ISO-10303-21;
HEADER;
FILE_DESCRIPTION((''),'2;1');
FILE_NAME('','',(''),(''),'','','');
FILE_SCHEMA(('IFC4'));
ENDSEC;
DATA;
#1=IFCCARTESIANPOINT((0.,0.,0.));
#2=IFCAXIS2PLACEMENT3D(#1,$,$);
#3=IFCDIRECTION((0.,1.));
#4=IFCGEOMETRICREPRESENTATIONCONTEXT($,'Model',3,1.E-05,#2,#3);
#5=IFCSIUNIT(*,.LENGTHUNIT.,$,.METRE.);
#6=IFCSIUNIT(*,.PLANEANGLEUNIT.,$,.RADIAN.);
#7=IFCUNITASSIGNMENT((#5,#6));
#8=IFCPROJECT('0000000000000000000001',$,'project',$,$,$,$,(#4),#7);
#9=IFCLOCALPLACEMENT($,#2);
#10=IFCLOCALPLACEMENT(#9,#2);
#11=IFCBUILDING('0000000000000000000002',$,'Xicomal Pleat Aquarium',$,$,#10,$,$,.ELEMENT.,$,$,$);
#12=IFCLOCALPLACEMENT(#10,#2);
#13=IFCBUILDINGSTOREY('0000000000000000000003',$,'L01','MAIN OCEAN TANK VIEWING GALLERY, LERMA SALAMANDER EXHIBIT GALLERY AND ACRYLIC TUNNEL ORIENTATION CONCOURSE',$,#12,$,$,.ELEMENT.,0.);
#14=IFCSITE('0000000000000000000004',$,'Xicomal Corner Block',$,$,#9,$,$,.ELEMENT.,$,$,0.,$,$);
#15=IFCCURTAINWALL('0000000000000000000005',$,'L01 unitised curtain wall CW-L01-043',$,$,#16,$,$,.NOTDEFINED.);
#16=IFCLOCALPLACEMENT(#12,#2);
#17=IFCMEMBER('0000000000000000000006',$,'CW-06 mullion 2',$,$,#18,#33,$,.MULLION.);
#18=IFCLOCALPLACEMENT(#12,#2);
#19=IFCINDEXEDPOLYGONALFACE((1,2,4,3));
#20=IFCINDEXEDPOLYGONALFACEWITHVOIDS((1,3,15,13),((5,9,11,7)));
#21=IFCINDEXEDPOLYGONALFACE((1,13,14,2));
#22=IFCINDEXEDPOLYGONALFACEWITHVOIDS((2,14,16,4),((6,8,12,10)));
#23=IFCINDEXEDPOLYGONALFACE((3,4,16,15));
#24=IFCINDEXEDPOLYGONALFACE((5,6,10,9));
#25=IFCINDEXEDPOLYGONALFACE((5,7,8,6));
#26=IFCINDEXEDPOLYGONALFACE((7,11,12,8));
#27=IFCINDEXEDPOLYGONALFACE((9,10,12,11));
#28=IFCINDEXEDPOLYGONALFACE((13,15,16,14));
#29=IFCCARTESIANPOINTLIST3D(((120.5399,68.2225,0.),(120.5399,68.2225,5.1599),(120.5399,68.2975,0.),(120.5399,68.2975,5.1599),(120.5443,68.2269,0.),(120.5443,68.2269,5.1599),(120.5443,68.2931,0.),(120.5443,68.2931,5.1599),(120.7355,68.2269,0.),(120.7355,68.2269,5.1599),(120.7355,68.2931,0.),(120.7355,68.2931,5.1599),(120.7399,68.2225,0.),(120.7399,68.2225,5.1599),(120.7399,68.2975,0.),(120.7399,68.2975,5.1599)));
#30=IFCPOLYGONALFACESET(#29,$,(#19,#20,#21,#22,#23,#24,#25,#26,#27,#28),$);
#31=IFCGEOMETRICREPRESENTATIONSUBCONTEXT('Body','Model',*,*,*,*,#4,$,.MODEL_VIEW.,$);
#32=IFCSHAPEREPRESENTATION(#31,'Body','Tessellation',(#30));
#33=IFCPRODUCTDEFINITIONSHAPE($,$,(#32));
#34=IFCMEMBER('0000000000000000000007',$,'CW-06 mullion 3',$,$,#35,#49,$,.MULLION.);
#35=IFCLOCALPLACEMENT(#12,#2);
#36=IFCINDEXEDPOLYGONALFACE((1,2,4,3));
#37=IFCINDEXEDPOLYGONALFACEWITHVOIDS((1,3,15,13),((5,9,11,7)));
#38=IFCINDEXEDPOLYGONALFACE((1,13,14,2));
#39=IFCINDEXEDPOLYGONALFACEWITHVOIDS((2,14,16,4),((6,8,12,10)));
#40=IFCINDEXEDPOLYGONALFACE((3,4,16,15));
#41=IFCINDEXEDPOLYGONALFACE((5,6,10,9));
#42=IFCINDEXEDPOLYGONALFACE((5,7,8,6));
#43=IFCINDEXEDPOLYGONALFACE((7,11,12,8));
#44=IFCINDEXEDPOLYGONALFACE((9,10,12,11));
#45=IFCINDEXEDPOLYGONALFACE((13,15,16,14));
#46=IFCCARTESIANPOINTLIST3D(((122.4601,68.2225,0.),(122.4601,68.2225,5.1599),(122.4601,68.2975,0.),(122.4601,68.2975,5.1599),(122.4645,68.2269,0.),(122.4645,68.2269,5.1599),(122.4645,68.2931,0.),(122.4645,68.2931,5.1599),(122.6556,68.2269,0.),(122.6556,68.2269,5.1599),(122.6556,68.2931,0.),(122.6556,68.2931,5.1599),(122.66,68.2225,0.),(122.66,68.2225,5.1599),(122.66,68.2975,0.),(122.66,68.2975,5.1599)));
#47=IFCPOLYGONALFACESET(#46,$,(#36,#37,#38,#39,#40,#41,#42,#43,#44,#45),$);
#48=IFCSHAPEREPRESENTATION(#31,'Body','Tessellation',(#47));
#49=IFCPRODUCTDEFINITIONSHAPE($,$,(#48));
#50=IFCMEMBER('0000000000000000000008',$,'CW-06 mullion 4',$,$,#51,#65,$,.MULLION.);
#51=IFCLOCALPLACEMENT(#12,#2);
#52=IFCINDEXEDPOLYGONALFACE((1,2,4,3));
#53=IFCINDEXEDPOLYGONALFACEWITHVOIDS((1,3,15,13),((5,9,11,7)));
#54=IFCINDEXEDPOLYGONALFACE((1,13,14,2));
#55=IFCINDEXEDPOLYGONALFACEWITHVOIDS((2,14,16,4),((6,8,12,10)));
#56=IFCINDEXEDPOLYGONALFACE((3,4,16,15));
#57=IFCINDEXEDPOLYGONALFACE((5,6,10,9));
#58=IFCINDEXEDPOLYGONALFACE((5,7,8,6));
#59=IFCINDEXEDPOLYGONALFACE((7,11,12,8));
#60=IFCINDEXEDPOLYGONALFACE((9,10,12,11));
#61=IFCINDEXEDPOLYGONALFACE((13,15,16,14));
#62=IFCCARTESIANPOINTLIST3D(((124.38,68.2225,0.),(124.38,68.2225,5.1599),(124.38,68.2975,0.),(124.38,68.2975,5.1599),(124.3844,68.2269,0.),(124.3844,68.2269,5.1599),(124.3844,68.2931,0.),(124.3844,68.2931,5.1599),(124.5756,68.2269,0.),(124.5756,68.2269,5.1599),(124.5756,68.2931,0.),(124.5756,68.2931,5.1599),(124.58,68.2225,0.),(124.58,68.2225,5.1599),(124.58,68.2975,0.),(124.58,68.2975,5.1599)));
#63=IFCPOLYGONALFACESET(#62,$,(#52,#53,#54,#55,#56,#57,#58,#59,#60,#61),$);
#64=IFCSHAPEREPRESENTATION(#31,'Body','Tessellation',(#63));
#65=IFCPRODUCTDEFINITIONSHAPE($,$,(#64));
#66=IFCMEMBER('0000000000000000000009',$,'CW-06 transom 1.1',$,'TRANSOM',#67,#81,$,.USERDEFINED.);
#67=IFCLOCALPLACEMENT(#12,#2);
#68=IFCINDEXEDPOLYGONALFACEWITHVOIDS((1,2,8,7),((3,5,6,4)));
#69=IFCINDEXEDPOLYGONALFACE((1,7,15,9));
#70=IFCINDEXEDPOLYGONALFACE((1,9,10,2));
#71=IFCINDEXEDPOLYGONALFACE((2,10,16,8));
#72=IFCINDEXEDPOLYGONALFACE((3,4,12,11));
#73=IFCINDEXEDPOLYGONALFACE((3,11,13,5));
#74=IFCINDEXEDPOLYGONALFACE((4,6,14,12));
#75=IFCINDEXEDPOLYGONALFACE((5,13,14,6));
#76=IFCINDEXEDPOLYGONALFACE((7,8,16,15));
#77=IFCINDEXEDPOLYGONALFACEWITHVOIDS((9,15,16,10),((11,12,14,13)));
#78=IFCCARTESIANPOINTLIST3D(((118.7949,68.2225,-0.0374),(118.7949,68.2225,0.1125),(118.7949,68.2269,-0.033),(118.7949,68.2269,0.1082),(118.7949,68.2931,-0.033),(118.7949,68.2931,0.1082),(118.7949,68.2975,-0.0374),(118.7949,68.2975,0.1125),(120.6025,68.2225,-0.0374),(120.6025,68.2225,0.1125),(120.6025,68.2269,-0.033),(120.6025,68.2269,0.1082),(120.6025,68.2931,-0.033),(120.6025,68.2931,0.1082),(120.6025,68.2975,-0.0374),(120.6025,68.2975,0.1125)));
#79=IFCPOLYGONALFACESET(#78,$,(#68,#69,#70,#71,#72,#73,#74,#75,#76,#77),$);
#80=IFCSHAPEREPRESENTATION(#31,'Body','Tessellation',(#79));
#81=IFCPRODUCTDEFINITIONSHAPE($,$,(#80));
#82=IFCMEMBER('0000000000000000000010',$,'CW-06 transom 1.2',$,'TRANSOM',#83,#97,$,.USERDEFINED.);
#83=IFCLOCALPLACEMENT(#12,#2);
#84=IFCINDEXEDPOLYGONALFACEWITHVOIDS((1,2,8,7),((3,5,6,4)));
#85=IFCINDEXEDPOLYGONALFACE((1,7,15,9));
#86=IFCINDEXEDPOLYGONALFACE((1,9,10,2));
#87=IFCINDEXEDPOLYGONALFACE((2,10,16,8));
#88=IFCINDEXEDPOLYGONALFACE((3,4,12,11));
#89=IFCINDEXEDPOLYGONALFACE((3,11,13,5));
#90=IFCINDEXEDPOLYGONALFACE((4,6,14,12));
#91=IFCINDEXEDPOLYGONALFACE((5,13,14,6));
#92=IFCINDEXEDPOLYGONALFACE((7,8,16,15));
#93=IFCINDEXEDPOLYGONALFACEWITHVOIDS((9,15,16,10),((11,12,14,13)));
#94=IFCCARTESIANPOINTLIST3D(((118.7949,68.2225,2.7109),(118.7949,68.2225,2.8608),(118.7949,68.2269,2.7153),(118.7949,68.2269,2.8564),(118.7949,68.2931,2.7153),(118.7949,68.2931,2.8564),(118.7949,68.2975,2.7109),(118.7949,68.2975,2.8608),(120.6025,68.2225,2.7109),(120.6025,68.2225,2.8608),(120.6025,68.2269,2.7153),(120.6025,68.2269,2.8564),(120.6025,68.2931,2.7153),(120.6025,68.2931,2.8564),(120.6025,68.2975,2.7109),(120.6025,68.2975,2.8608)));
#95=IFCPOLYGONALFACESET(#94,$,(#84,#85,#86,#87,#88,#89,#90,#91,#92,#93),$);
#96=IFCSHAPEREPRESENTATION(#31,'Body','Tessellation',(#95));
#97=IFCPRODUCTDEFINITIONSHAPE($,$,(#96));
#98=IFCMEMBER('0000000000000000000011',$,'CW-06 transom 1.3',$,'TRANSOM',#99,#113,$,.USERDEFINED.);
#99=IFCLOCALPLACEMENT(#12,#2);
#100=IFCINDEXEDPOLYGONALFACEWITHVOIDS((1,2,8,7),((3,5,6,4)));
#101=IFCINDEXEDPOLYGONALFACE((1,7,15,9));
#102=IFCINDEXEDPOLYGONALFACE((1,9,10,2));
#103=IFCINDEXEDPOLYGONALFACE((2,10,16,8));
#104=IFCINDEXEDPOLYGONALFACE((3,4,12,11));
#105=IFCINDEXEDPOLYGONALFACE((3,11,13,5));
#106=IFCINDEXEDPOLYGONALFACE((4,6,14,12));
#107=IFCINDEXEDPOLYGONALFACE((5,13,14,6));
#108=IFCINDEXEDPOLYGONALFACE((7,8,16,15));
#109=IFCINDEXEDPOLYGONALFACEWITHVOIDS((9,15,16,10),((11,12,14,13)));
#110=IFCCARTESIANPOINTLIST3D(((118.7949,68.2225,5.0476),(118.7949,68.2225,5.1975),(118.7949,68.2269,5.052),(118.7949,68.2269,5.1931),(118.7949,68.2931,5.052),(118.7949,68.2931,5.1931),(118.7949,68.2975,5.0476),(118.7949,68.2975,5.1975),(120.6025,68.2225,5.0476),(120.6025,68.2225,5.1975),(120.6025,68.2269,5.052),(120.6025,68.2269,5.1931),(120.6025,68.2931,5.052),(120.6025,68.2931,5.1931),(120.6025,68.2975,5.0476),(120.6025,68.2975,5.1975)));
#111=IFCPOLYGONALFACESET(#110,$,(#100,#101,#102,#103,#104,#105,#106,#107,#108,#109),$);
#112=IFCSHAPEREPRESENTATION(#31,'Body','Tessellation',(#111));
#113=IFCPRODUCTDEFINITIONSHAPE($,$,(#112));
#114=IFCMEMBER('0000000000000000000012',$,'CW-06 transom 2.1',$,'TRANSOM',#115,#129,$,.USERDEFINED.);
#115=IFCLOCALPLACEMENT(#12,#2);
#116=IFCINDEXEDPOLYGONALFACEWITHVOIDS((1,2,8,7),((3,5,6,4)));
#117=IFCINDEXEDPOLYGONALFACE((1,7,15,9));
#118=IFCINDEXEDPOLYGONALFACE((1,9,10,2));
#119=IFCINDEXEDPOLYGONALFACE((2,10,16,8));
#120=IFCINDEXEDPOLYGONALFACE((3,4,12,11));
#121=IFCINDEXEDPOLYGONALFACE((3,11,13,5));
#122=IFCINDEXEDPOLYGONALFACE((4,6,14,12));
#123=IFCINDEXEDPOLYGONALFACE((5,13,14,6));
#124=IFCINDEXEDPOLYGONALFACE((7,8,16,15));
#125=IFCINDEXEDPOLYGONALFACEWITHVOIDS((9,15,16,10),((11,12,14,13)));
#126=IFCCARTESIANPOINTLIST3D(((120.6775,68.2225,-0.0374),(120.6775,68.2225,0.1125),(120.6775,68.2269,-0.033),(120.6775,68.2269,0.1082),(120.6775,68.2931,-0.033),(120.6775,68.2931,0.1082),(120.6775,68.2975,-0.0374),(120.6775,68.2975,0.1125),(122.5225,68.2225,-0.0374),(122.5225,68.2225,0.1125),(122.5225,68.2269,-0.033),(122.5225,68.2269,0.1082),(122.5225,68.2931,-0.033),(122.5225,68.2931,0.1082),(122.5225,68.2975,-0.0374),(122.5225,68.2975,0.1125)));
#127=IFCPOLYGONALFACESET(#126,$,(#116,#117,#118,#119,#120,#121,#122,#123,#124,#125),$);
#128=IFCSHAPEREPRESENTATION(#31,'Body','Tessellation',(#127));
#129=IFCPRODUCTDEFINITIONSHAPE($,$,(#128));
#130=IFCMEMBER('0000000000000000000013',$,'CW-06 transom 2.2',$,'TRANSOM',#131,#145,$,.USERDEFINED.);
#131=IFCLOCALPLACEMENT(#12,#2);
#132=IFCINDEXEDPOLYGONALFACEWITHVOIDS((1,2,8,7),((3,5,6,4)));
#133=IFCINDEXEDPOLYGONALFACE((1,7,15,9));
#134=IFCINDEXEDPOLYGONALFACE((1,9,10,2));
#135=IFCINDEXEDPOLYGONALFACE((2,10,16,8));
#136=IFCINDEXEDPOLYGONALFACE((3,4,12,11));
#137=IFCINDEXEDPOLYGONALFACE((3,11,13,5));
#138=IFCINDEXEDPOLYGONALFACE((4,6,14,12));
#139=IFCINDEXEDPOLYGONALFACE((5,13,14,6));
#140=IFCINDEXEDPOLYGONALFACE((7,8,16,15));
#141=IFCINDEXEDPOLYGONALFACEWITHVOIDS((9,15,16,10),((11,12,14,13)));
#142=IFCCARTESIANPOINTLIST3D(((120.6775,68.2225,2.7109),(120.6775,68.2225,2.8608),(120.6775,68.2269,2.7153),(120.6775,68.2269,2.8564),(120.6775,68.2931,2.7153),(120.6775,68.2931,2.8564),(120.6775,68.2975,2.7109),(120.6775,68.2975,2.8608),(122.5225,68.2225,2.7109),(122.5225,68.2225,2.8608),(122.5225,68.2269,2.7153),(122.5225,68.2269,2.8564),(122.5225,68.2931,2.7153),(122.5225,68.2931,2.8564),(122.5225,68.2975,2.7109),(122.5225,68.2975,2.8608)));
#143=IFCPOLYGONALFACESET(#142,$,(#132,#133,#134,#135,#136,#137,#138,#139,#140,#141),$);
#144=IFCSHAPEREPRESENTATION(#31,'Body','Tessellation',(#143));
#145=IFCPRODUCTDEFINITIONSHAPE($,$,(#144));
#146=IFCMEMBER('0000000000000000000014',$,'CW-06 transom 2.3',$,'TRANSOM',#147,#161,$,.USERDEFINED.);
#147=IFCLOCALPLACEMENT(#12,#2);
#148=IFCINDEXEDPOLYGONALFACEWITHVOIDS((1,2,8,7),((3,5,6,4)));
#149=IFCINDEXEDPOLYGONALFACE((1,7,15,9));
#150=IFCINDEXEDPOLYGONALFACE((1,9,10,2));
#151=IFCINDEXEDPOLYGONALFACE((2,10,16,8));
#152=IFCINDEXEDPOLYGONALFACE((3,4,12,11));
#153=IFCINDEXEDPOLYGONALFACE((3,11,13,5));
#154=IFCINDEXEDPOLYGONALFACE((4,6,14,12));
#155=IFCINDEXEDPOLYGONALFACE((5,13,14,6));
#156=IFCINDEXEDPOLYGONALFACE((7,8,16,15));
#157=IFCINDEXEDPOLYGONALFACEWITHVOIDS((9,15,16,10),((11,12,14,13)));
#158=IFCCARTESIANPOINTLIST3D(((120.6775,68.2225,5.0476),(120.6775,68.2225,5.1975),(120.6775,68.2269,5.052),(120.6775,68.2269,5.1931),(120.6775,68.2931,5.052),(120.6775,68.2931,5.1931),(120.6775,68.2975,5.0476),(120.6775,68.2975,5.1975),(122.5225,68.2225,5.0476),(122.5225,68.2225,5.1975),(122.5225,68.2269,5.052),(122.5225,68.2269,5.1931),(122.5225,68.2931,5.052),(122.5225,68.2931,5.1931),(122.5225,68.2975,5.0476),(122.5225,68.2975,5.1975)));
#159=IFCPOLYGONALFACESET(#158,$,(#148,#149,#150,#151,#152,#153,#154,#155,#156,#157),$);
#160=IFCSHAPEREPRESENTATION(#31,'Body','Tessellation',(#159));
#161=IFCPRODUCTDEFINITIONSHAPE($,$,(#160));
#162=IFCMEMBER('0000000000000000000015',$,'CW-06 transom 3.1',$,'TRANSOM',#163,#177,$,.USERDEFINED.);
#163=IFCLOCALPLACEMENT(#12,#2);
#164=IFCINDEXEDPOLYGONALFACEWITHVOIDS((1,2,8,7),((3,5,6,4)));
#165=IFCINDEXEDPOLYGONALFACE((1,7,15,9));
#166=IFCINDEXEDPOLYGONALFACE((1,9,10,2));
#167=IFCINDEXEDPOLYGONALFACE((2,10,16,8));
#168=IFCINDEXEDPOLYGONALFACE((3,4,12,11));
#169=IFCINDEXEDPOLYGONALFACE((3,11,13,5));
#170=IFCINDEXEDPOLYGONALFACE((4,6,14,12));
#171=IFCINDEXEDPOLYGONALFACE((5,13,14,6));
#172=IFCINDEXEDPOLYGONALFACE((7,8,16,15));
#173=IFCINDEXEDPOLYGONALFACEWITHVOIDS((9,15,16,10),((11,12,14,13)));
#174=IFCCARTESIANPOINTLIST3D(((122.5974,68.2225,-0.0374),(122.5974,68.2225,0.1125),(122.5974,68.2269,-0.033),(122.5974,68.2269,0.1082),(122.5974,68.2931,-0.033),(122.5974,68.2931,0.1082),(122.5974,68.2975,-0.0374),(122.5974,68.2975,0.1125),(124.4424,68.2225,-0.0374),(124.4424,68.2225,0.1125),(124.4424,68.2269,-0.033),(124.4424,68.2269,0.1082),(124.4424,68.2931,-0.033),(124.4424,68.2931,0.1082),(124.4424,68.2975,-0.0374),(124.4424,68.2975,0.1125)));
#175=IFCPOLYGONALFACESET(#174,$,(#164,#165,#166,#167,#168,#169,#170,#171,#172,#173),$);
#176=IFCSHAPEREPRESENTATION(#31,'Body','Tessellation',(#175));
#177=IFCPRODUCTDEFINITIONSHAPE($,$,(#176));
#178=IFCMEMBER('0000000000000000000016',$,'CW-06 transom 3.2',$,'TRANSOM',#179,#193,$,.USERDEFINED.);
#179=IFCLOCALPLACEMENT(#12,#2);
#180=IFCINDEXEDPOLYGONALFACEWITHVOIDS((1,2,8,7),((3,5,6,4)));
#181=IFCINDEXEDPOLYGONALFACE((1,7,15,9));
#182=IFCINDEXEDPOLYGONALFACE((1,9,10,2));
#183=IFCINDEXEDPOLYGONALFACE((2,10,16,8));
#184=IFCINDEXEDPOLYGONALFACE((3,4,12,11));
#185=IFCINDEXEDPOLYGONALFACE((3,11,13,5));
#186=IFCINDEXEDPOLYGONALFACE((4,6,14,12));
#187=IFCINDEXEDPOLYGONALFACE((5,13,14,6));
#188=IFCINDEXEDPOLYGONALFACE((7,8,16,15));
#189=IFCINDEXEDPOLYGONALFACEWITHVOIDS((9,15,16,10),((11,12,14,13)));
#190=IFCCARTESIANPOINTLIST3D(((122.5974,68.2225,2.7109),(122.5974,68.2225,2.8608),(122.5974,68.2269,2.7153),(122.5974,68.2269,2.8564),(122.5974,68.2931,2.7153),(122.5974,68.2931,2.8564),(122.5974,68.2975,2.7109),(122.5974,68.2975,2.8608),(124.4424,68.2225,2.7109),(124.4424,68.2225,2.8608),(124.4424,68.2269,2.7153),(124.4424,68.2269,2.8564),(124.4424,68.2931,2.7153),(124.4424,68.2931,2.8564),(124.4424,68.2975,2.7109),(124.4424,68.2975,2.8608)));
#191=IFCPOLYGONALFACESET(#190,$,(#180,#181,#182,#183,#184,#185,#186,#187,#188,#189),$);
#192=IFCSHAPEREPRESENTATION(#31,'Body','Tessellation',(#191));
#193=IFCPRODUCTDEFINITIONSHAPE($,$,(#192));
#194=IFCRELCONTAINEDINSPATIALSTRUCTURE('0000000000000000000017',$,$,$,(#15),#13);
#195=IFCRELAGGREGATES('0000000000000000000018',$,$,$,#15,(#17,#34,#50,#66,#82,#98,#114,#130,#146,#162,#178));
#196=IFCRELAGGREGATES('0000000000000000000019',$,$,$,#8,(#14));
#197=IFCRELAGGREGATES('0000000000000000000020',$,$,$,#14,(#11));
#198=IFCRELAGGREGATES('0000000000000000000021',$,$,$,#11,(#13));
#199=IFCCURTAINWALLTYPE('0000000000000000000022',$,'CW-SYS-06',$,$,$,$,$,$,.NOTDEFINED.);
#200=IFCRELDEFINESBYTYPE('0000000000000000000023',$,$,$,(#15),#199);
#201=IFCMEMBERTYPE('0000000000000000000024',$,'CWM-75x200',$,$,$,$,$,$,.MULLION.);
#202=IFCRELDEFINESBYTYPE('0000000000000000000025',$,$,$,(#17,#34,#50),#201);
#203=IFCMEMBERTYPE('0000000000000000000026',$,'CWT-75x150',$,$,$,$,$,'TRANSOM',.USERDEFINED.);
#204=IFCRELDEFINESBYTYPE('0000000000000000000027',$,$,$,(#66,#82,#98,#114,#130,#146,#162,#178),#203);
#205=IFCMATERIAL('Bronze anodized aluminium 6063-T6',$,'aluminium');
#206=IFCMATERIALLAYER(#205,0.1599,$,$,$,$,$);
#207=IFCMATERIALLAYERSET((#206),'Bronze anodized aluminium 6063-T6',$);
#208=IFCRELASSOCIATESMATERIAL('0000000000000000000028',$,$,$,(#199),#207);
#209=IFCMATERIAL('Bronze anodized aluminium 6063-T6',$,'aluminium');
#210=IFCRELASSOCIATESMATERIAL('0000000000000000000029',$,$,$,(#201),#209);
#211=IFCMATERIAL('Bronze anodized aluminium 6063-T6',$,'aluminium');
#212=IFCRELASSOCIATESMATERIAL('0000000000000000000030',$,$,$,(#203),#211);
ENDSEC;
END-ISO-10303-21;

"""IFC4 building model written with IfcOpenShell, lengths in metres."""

from ifc_helpers import new_model, si_unit, direction, frame, origin, origin_2d, place, context, subcontext, project, spatial, hollow_rectangle, extrude, material, layer, layer_set, material_profile, profile_set, type_object, element, aggregate, save


model = new_model("IFC4")

# Units and contexts
model_context = context("Model", 3, precision=1e-05, world=origin(), true_north=direction((0.0, 1.0)))
body_context = subcontext(model_context, "Body", "Model", "MODEL_VIEW")
ifc_project = project(units=[si_unit("LENGTHUNIT", "METRE"), si_unit("PLANEANGLEUNIT", "RADIAN")], contexts=[model_context])

# Site, building, storey
site_placement = place(None, origin())
site = spatial("IfcSite", under=ifc_project, at=site_placement, Name="Xicomal Corner Block", CompositionType="ELEMENT", RefElevation=0.0)
building_placement = place(site_placement, origin())
building = spatial("IfcBuilding", under=site, at=building_placement, Name="Xicomal Pleat Aquarium", CompositionType="ELEMENT")
storey_placement = place(building_placement, origin())
storey = spatial("IfcBuildingStorey", under=building, at=storey_placement, Name="L01", Description="MAIN OCEAN TANK VIEWING GALLERY, LERMA SALAMANDER EXHIBIT GALLERY AND ACRYLIC TUNNEL ORIENTATION CONCOURSE", CompositionType="ELEMENT", Elevation=0.0)

# Curtain wall, members
ifc_material_1 = material(Name="Bronze anodized aluminium 6063-T6", Category="aluminium")
ifc_layer_1 = layer(ifc_material_1, 0.1599)
ifc_layer_set_1 = layer_set([ifc_layer_1], Name="Bronze anodized aluminium 6063-T6")
curtain_wall_type = type_object("IfcCurtainWallType", Name="CW-SYS-06", PredefinedType="NOTDEFINED", material=ifc_layer_set_1)
curtain_wall_placement = place(storey_placement, origin())
curtain_wall = element("IfcCurtainWall", 1, at=curtain_wall_placement, inside=storey, type_object=curtain_wall_type, Name="L01 unitised curtain wall CW-L01-043", PredefinedType="NOTDEFINED")
ifc_material_2 = material(Name="Bronze anodized aluminium 6063-T6", Category="aluminium")
ifc_material_profile_1 = material_profile(ifc_material_2, hollow_rectangle(XDim=0.075, YDim=0.2, WallThickness=0.0044, at=origin_2d()), Name="ALU MULL 75x200")
ifc_profile_set_1 = profile_set([ifc_material_profile_1], Name="Bronze anodized aluminium 6063-T6")
member_type_1 = type_object("IfcMemberType", Name="CWM-75x200", PredefinedType="MULLION", material=ifc_profile_set_1)
member_1_placement = place(storey_placement, frame((120.6399, 68.26, 0.0), z_axis=(0.0, 0.0, 1.0), x_axis=(0.0, 1.0, 0.0)))
member_1 = element("IfcMember", 2, at=member_1_placement, type_object=member_type_1, Name="CW-06 mullion 2", PredefinedType="MULLION", context=body_context, shape_type="SweptSolid", body=[
    extrude(hollow_rectangle(XDim=0.075, YDim=0.2, WallThickness=0.0044, at=origin_2d()), origin(), (0.0, 0.0, 1.0), 5.1599),
])
member_2_placement = place(storey_placement, frame((122.5601, 68.26, 0.0), z_axis=(0.0, 0.0, 1.0), x_axis=(0.0, 1.0, 0.0)))
member_2 = element("IfcMember", 3, at=member_2_placement, type_object=member_type_1, Name="CW-06 mullion 3", PredefinedType="MULLION", context=body_context, shape_type="SweptSolid", body=[
    extrude(hollow_rectangle(XDim=0.075, YDim=0.2, WallThickness=0.0044, at=origin_2d()), origin(), (0.0, 0.0, 1.0), 5.1599),
])
member_3_placement = place(storey_placement, frame((124.48, 68.26, 0.0), z_axis=(0.0, 0.0, 1.0), x_axis=(0.0, 1.0, 0.0)))
member_3 = element("IfcMember", 4, at=member_3_placement, type_object=member_type_1, Name="CW-06 mullion 4", PredefinedType="MULLION", context=body_context, shape_type="SweptSolid", body=[
    extrude(hollow_rectangle(XDim=0.075, YDim=0.2, WallThickness=0.0044, at=origin_2d()), origin(), (0.0, 0.0, 1.0), 5.1599),
])
ifc_material_3 = material(Name="Bronze anodized aluminium 6063-T6", Category="aluminium")
ifc_material_profile_2 = material_profile(ifc_material_3, hollow_rectangle(XDim=0.075, YDim=0.1499, WallThickness=0.0044, at=origin_2d()), Name="ALU TRAN 75x150")
ifc_profile_set_2 = profile_set([ifc_material_profile_2], Name="Bronze anodized aluminium 6063-T6")
member_type_2 = type_object("IfcMemberType", Name="CWT-75x150", ElementType="TRANSOM", PredefinedType="USERDEFINED", material=ifc_profile_set_2)
member_4_placement = place(storey_placement, frame((118.7949, 68.26, 0.0376), z_axis=(1.0, 0.0, 0.0), x_axis=(0.0, 1.0, 0.0)))
member_4 = element("IfcMember", 5, at=member_4_placement, type_object=member_type_2, Name="CW-06 transom 1.1", ObjectType="TRANSOM", PredefinedType="USERDEFINED", context=body_context, shape_type="SweptSolid", body=[
    extrude(hollow_rectangle(XDim=0.075, YDim=0.1499, WallThickness=0.0044, at=origin_2d()), origin(), (0.0, 0.0, 1.0), 1.8076),
])
member_5_placement = place(storey_placement, frame((118.7949, 68.26, 2.7859), z_axis=(1.0, 0.0, 0.0), x_axis=(0.0, 1.0, 0.0)))
member_5 = element("IfcMember", 6, at=member_5_placement, type_object=member_type_2, Name="CW-06 transom 1.2", ObjectType="TRANSOM", PredefinedType="USERDEFINED", context=body_context, shape_type="SweptSolid", body=[
    extrude(hollow_rectangle(XDim=0.075, YDim=0.1499, WallThickness=0.0044, at=origin_2d()), origin(), (0.0, 0.0, 1.0), 1.8076),
])
member_6_placement = place(storey_placement, frame((118.7949, 68.26, 5.1226), z_axis=(1.0, 0.0, 0.0), x_axis=(0.0, 1.0, 0.0)))
member_6 = element("IfcMember", 7, at=member_6_placement, type_object=member_type_2, Name="CW-06 transom 1.3", ObjectType="TRANSOM", PredefinedType="USERDEFINED", context=body_context, shape_type="SweptSolid", body=[
    extrude(hollow_rectangle(XDim=0.075, YDim=0.1499, WallThickness=0.0044, at=origin_2d()), origin(), (0.0, 0.0, 1.0), 1.8076),
])
member_7_placement = place(storey_placement, frame((120.6775, 68.26, 0.0376), z_axis=(1.0, 0.0, 0.0), x_axis=(0.0, 1.0, 0.0)))
member_7 = element("IfcMember", 8, at=member_7_placement, type_object=member_type_2, Name="CW-06 transom 2.1", ObjectType="TRANSOM", PredefinedType="USERDEFINED", context=body_context, shape_type="SweptSolid", body=[
    extrude(hollow_rectangle(XDim=0.075, YDim=0.1499, WallThickness=0.0044, at=origin_2d()), origin(), (0.0, 0.0, 1.0), 1.845),
])
member_8_placement = place(storey_placement, frame((120.6775, 68.26, 2.7859), z_axis=(1.0, 0.0, 0.0), x_axis=(0.0, 1.0, 0.0)))
member_8 = element("IfcMember", 9, at=member_8_placement, type_object=member_type_2, Name="CW-06 transom 2.2", ObjectType="TRANSOM", PredefinedType="USERDEFINED", context=body_context, shape_type="SweptSolid", body=[
    extrude(hollow_rectangle(XDim=0.075, YDim=0.1499, WallThickness=0.0044, at=origin_2d()), origin(), (0.0, 0.0, 1.0), 1.845),
])
member_9_placement = place(storey_placement, frame((120.6775, 68.26, 5.1226), z_axis=(1.0, 0.0, 0.0), x_axis=(0.0, 1.0, 0.0)))
member_9 = element("IfcMember", 10, at=member_9_placement, type_object=member_type_2, Name="CW-06 transom 2.3", ObjectType="TRANSOM", PredefinedType="USERDEFINED", context=body_context, shape_type="SweptSolid", body=[
    extrude(hollow_rectangle(XDim=0.075, YDim=0.1499, WallThickness=0.0044, at=origin_2d()), origin(), (0.0, 0.0, 1.0), 1.845),
])
member_10_placement = place(storey_placement, frame((122.5974, 68.26, 0.0376), z_axis=(1.0, 0.0, 0.0), x_axis=(0.0, 1.0, 0.0)))
member_10 = element("IfcMember", 11, at=member_10_placement, type_object=member_type_2, Name="CW-06 transom 3.1", ObjectType="TRANSOM", PredefinedType="USERDEFINED", context=body_context, shape_type="SweptSolid", body=[
    extrude(hollow_rectangle(XDim=0.075, YDim=0.1499, WallThickness=0.0044, at=origin_2d()), origin(), (0.0, 0.0, 1.0), 1.845),
])
member_11_placement = place(storey_placement, frame((122.5974, 68.26, 2.7859), z_axis=(1.0, 0.0, 0.0), x_axis=(0.0, 1.0, 0.0)))
member_11 = element("IfcMember", 12, at=member_11_placement, type_object=member_type_2, Name="CW-06 transom 3.2", ObjectType="TRANSOM", PredefinedType="USERDEFINED", context=body_context, shape_type="SweptSolid", body=[
    extrude(hollow_rectangle(XDim=0.075, YDim=0.1499, WallThickness=0.0044, at=origin_2d()), origin(), (0.0, 0.0, 1.0), 1.845),
])
aggregate(curtain_wall, [member_1, member_2, member_3, member_4, member_5, member_6, member_7, member_8, member_9, member_10, member_11])

save(model, "model.ifc")
